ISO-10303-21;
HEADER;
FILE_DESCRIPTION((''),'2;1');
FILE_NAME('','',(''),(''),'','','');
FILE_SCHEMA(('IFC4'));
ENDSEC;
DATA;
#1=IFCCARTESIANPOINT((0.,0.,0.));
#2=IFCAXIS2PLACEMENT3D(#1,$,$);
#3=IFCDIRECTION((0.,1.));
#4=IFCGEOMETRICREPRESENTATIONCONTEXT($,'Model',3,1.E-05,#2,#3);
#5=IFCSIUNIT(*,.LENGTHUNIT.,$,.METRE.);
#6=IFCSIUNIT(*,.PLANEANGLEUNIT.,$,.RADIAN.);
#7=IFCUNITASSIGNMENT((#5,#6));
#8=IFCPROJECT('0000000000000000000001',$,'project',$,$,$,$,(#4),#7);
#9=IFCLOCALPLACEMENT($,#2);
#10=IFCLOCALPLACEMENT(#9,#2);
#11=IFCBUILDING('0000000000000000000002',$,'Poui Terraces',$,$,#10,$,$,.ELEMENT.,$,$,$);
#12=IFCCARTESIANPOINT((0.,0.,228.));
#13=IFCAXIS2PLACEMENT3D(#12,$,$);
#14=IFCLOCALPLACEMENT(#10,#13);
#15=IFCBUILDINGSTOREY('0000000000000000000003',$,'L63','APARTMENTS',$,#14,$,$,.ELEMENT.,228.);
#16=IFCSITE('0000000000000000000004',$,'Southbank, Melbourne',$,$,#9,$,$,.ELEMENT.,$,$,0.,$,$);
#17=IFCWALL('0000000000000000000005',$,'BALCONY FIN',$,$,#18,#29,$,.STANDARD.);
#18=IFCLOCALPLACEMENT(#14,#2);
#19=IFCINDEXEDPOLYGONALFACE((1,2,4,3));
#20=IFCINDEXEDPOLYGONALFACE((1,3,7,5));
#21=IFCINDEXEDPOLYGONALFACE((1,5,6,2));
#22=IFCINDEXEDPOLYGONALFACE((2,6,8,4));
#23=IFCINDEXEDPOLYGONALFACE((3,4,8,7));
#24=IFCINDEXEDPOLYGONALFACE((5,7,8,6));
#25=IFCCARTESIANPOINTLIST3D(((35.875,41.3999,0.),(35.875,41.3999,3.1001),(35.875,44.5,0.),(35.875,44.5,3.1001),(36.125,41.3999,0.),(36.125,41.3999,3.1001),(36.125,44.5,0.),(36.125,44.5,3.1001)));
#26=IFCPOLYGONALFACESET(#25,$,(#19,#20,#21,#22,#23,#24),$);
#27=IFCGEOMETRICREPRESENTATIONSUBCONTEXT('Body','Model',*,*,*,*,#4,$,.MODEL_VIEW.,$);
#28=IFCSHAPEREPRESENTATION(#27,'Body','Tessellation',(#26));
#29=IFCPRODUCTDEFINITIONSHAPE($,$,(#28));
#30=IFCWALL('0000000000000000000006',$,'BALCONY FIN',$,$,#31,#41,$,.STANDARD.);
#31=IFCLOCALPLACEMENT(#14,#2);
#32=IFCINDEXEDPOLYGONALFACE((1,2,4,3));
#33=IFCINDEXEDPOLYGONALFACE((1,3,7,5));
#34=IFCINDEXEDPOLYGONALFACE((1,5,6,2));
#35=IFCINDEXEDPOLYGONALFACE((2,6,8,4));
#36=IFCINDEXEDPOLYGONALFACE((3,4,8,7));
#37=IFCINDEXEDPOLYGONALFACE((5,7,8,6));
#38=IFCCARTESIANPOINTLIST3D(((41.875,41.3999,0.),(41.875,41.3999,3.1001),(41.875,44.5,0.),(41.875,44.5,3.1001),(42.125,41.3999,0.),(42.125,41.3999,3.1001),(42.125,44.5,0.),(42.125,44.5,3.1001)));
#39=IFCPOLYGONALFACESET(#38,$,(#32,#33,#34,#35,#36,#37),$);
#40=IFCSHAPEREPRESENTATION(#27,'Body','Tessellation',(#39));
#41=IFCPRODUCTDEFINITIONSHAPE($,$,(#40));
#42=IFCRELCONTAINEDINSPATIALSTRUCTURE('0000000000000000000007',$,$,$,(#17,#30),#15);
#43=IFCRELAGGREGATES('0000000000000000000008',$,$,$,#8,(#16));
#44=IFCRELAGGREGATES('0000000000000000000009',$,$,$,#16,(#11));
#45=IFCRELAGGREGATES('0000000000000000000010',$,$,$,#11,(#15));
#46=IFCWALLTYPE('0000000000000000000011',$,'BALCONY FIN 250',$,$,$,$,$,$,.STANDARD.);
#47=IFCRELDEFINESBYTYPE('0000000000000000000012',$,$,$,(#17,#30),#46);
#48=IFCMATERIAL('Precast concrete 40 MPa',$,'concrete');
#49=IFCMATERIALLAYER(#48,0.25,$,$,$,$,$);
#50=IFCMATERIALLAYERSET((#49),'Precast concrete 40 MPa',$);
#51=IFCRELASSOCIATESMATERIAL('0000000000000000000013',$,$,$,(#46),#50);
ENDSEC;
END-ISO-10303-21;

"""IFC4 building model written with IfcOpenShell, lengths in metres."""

from ifc_helpers import new_model, si_unit, direction, frame, origin, place, context, subcontext, project, spatial, polyline, outline, extrude, source, transform, mapped, material, layer, layer_set, type_object, element, save


model = new_model("IFC4")

# Units and contexts
model_context = context("Model", 3, precision=1e-05, world=origin(), true_north=direction((0.0, 1.0)))
body_context = subcontext(model_context, "Body", "Model", "MODEL_VIEW")
ifc_project = project(units=[si_unit("LENGTHUNIT", "METRE"), si_unit("PLANEANGLEUNIT", "RADIAN")], contexts=[model_context])

# Site, building, storey
site_placement = place(None, origin())
site = spatial("IfcSite", under=ifc_project, at=site_placement, Name="Southbank, Melbourne", CompositionType="ELEMENT", RefElevation=0.0)
building_placement = place(site_placement, origin())
building = spatial("IfcBuilding", under=site, at=building_placement, Name="Poui Terraces", CompositionType="ELEMENT")
storey_placement = place(building_placement, frame((0.0, 0.0, 228.0)))
storey = spatial("IfcBuildingStorey", under=building, at=storey_placement, Name="L63", Description="APARTMENTS", CompositionType="ELEMENT", Elevation=228.0)

# Walls
ifc_material_1 = material(Name="Precast concrete 40 MPa", Category="concrete")
ifc_layer_1 = layer(ifc_material_1, 0.25)
ifc_layer_set_1 = layer_set([ifc_layer_1], Name="Precast concrete 40 MPa")
wall_type_1 = type_object("IfcWallType", Name="BALCONY FIN 250", PredefinedType="STANDARD", material=ifc_layer_set_1)
shared_shape_1 = source(origin(), body_context, "Body", "SweptSolid", [
    extrude(outline(polyline([(0.0, 0.0), (0.25, 0.0), (0.25, 3.1001), (0.0, 3.1001), (0.0, 0.0)])), origin(), (0.0, 0.0, 1.0), 3.1001),
])
for number, where, name in (
    (1, (35.875, 41.3999, 0.0), "BALCONY FIN"),
    (2, (41.875, 41.3999, 0.0), "BALCONY FIN"),
):
    element("IfcWall", number, at=place(storey_placement, frame(where)), inside=storey, type_object=wall_type_1, Name=name, PredefinedType="STANDARD", context=body_context, shape_type="MappedRepresentation", body=[
        mapped(shared_shape_1, transform((0.0, 0.0, 0.0))),
    ])

save(model, "model.ifc")
